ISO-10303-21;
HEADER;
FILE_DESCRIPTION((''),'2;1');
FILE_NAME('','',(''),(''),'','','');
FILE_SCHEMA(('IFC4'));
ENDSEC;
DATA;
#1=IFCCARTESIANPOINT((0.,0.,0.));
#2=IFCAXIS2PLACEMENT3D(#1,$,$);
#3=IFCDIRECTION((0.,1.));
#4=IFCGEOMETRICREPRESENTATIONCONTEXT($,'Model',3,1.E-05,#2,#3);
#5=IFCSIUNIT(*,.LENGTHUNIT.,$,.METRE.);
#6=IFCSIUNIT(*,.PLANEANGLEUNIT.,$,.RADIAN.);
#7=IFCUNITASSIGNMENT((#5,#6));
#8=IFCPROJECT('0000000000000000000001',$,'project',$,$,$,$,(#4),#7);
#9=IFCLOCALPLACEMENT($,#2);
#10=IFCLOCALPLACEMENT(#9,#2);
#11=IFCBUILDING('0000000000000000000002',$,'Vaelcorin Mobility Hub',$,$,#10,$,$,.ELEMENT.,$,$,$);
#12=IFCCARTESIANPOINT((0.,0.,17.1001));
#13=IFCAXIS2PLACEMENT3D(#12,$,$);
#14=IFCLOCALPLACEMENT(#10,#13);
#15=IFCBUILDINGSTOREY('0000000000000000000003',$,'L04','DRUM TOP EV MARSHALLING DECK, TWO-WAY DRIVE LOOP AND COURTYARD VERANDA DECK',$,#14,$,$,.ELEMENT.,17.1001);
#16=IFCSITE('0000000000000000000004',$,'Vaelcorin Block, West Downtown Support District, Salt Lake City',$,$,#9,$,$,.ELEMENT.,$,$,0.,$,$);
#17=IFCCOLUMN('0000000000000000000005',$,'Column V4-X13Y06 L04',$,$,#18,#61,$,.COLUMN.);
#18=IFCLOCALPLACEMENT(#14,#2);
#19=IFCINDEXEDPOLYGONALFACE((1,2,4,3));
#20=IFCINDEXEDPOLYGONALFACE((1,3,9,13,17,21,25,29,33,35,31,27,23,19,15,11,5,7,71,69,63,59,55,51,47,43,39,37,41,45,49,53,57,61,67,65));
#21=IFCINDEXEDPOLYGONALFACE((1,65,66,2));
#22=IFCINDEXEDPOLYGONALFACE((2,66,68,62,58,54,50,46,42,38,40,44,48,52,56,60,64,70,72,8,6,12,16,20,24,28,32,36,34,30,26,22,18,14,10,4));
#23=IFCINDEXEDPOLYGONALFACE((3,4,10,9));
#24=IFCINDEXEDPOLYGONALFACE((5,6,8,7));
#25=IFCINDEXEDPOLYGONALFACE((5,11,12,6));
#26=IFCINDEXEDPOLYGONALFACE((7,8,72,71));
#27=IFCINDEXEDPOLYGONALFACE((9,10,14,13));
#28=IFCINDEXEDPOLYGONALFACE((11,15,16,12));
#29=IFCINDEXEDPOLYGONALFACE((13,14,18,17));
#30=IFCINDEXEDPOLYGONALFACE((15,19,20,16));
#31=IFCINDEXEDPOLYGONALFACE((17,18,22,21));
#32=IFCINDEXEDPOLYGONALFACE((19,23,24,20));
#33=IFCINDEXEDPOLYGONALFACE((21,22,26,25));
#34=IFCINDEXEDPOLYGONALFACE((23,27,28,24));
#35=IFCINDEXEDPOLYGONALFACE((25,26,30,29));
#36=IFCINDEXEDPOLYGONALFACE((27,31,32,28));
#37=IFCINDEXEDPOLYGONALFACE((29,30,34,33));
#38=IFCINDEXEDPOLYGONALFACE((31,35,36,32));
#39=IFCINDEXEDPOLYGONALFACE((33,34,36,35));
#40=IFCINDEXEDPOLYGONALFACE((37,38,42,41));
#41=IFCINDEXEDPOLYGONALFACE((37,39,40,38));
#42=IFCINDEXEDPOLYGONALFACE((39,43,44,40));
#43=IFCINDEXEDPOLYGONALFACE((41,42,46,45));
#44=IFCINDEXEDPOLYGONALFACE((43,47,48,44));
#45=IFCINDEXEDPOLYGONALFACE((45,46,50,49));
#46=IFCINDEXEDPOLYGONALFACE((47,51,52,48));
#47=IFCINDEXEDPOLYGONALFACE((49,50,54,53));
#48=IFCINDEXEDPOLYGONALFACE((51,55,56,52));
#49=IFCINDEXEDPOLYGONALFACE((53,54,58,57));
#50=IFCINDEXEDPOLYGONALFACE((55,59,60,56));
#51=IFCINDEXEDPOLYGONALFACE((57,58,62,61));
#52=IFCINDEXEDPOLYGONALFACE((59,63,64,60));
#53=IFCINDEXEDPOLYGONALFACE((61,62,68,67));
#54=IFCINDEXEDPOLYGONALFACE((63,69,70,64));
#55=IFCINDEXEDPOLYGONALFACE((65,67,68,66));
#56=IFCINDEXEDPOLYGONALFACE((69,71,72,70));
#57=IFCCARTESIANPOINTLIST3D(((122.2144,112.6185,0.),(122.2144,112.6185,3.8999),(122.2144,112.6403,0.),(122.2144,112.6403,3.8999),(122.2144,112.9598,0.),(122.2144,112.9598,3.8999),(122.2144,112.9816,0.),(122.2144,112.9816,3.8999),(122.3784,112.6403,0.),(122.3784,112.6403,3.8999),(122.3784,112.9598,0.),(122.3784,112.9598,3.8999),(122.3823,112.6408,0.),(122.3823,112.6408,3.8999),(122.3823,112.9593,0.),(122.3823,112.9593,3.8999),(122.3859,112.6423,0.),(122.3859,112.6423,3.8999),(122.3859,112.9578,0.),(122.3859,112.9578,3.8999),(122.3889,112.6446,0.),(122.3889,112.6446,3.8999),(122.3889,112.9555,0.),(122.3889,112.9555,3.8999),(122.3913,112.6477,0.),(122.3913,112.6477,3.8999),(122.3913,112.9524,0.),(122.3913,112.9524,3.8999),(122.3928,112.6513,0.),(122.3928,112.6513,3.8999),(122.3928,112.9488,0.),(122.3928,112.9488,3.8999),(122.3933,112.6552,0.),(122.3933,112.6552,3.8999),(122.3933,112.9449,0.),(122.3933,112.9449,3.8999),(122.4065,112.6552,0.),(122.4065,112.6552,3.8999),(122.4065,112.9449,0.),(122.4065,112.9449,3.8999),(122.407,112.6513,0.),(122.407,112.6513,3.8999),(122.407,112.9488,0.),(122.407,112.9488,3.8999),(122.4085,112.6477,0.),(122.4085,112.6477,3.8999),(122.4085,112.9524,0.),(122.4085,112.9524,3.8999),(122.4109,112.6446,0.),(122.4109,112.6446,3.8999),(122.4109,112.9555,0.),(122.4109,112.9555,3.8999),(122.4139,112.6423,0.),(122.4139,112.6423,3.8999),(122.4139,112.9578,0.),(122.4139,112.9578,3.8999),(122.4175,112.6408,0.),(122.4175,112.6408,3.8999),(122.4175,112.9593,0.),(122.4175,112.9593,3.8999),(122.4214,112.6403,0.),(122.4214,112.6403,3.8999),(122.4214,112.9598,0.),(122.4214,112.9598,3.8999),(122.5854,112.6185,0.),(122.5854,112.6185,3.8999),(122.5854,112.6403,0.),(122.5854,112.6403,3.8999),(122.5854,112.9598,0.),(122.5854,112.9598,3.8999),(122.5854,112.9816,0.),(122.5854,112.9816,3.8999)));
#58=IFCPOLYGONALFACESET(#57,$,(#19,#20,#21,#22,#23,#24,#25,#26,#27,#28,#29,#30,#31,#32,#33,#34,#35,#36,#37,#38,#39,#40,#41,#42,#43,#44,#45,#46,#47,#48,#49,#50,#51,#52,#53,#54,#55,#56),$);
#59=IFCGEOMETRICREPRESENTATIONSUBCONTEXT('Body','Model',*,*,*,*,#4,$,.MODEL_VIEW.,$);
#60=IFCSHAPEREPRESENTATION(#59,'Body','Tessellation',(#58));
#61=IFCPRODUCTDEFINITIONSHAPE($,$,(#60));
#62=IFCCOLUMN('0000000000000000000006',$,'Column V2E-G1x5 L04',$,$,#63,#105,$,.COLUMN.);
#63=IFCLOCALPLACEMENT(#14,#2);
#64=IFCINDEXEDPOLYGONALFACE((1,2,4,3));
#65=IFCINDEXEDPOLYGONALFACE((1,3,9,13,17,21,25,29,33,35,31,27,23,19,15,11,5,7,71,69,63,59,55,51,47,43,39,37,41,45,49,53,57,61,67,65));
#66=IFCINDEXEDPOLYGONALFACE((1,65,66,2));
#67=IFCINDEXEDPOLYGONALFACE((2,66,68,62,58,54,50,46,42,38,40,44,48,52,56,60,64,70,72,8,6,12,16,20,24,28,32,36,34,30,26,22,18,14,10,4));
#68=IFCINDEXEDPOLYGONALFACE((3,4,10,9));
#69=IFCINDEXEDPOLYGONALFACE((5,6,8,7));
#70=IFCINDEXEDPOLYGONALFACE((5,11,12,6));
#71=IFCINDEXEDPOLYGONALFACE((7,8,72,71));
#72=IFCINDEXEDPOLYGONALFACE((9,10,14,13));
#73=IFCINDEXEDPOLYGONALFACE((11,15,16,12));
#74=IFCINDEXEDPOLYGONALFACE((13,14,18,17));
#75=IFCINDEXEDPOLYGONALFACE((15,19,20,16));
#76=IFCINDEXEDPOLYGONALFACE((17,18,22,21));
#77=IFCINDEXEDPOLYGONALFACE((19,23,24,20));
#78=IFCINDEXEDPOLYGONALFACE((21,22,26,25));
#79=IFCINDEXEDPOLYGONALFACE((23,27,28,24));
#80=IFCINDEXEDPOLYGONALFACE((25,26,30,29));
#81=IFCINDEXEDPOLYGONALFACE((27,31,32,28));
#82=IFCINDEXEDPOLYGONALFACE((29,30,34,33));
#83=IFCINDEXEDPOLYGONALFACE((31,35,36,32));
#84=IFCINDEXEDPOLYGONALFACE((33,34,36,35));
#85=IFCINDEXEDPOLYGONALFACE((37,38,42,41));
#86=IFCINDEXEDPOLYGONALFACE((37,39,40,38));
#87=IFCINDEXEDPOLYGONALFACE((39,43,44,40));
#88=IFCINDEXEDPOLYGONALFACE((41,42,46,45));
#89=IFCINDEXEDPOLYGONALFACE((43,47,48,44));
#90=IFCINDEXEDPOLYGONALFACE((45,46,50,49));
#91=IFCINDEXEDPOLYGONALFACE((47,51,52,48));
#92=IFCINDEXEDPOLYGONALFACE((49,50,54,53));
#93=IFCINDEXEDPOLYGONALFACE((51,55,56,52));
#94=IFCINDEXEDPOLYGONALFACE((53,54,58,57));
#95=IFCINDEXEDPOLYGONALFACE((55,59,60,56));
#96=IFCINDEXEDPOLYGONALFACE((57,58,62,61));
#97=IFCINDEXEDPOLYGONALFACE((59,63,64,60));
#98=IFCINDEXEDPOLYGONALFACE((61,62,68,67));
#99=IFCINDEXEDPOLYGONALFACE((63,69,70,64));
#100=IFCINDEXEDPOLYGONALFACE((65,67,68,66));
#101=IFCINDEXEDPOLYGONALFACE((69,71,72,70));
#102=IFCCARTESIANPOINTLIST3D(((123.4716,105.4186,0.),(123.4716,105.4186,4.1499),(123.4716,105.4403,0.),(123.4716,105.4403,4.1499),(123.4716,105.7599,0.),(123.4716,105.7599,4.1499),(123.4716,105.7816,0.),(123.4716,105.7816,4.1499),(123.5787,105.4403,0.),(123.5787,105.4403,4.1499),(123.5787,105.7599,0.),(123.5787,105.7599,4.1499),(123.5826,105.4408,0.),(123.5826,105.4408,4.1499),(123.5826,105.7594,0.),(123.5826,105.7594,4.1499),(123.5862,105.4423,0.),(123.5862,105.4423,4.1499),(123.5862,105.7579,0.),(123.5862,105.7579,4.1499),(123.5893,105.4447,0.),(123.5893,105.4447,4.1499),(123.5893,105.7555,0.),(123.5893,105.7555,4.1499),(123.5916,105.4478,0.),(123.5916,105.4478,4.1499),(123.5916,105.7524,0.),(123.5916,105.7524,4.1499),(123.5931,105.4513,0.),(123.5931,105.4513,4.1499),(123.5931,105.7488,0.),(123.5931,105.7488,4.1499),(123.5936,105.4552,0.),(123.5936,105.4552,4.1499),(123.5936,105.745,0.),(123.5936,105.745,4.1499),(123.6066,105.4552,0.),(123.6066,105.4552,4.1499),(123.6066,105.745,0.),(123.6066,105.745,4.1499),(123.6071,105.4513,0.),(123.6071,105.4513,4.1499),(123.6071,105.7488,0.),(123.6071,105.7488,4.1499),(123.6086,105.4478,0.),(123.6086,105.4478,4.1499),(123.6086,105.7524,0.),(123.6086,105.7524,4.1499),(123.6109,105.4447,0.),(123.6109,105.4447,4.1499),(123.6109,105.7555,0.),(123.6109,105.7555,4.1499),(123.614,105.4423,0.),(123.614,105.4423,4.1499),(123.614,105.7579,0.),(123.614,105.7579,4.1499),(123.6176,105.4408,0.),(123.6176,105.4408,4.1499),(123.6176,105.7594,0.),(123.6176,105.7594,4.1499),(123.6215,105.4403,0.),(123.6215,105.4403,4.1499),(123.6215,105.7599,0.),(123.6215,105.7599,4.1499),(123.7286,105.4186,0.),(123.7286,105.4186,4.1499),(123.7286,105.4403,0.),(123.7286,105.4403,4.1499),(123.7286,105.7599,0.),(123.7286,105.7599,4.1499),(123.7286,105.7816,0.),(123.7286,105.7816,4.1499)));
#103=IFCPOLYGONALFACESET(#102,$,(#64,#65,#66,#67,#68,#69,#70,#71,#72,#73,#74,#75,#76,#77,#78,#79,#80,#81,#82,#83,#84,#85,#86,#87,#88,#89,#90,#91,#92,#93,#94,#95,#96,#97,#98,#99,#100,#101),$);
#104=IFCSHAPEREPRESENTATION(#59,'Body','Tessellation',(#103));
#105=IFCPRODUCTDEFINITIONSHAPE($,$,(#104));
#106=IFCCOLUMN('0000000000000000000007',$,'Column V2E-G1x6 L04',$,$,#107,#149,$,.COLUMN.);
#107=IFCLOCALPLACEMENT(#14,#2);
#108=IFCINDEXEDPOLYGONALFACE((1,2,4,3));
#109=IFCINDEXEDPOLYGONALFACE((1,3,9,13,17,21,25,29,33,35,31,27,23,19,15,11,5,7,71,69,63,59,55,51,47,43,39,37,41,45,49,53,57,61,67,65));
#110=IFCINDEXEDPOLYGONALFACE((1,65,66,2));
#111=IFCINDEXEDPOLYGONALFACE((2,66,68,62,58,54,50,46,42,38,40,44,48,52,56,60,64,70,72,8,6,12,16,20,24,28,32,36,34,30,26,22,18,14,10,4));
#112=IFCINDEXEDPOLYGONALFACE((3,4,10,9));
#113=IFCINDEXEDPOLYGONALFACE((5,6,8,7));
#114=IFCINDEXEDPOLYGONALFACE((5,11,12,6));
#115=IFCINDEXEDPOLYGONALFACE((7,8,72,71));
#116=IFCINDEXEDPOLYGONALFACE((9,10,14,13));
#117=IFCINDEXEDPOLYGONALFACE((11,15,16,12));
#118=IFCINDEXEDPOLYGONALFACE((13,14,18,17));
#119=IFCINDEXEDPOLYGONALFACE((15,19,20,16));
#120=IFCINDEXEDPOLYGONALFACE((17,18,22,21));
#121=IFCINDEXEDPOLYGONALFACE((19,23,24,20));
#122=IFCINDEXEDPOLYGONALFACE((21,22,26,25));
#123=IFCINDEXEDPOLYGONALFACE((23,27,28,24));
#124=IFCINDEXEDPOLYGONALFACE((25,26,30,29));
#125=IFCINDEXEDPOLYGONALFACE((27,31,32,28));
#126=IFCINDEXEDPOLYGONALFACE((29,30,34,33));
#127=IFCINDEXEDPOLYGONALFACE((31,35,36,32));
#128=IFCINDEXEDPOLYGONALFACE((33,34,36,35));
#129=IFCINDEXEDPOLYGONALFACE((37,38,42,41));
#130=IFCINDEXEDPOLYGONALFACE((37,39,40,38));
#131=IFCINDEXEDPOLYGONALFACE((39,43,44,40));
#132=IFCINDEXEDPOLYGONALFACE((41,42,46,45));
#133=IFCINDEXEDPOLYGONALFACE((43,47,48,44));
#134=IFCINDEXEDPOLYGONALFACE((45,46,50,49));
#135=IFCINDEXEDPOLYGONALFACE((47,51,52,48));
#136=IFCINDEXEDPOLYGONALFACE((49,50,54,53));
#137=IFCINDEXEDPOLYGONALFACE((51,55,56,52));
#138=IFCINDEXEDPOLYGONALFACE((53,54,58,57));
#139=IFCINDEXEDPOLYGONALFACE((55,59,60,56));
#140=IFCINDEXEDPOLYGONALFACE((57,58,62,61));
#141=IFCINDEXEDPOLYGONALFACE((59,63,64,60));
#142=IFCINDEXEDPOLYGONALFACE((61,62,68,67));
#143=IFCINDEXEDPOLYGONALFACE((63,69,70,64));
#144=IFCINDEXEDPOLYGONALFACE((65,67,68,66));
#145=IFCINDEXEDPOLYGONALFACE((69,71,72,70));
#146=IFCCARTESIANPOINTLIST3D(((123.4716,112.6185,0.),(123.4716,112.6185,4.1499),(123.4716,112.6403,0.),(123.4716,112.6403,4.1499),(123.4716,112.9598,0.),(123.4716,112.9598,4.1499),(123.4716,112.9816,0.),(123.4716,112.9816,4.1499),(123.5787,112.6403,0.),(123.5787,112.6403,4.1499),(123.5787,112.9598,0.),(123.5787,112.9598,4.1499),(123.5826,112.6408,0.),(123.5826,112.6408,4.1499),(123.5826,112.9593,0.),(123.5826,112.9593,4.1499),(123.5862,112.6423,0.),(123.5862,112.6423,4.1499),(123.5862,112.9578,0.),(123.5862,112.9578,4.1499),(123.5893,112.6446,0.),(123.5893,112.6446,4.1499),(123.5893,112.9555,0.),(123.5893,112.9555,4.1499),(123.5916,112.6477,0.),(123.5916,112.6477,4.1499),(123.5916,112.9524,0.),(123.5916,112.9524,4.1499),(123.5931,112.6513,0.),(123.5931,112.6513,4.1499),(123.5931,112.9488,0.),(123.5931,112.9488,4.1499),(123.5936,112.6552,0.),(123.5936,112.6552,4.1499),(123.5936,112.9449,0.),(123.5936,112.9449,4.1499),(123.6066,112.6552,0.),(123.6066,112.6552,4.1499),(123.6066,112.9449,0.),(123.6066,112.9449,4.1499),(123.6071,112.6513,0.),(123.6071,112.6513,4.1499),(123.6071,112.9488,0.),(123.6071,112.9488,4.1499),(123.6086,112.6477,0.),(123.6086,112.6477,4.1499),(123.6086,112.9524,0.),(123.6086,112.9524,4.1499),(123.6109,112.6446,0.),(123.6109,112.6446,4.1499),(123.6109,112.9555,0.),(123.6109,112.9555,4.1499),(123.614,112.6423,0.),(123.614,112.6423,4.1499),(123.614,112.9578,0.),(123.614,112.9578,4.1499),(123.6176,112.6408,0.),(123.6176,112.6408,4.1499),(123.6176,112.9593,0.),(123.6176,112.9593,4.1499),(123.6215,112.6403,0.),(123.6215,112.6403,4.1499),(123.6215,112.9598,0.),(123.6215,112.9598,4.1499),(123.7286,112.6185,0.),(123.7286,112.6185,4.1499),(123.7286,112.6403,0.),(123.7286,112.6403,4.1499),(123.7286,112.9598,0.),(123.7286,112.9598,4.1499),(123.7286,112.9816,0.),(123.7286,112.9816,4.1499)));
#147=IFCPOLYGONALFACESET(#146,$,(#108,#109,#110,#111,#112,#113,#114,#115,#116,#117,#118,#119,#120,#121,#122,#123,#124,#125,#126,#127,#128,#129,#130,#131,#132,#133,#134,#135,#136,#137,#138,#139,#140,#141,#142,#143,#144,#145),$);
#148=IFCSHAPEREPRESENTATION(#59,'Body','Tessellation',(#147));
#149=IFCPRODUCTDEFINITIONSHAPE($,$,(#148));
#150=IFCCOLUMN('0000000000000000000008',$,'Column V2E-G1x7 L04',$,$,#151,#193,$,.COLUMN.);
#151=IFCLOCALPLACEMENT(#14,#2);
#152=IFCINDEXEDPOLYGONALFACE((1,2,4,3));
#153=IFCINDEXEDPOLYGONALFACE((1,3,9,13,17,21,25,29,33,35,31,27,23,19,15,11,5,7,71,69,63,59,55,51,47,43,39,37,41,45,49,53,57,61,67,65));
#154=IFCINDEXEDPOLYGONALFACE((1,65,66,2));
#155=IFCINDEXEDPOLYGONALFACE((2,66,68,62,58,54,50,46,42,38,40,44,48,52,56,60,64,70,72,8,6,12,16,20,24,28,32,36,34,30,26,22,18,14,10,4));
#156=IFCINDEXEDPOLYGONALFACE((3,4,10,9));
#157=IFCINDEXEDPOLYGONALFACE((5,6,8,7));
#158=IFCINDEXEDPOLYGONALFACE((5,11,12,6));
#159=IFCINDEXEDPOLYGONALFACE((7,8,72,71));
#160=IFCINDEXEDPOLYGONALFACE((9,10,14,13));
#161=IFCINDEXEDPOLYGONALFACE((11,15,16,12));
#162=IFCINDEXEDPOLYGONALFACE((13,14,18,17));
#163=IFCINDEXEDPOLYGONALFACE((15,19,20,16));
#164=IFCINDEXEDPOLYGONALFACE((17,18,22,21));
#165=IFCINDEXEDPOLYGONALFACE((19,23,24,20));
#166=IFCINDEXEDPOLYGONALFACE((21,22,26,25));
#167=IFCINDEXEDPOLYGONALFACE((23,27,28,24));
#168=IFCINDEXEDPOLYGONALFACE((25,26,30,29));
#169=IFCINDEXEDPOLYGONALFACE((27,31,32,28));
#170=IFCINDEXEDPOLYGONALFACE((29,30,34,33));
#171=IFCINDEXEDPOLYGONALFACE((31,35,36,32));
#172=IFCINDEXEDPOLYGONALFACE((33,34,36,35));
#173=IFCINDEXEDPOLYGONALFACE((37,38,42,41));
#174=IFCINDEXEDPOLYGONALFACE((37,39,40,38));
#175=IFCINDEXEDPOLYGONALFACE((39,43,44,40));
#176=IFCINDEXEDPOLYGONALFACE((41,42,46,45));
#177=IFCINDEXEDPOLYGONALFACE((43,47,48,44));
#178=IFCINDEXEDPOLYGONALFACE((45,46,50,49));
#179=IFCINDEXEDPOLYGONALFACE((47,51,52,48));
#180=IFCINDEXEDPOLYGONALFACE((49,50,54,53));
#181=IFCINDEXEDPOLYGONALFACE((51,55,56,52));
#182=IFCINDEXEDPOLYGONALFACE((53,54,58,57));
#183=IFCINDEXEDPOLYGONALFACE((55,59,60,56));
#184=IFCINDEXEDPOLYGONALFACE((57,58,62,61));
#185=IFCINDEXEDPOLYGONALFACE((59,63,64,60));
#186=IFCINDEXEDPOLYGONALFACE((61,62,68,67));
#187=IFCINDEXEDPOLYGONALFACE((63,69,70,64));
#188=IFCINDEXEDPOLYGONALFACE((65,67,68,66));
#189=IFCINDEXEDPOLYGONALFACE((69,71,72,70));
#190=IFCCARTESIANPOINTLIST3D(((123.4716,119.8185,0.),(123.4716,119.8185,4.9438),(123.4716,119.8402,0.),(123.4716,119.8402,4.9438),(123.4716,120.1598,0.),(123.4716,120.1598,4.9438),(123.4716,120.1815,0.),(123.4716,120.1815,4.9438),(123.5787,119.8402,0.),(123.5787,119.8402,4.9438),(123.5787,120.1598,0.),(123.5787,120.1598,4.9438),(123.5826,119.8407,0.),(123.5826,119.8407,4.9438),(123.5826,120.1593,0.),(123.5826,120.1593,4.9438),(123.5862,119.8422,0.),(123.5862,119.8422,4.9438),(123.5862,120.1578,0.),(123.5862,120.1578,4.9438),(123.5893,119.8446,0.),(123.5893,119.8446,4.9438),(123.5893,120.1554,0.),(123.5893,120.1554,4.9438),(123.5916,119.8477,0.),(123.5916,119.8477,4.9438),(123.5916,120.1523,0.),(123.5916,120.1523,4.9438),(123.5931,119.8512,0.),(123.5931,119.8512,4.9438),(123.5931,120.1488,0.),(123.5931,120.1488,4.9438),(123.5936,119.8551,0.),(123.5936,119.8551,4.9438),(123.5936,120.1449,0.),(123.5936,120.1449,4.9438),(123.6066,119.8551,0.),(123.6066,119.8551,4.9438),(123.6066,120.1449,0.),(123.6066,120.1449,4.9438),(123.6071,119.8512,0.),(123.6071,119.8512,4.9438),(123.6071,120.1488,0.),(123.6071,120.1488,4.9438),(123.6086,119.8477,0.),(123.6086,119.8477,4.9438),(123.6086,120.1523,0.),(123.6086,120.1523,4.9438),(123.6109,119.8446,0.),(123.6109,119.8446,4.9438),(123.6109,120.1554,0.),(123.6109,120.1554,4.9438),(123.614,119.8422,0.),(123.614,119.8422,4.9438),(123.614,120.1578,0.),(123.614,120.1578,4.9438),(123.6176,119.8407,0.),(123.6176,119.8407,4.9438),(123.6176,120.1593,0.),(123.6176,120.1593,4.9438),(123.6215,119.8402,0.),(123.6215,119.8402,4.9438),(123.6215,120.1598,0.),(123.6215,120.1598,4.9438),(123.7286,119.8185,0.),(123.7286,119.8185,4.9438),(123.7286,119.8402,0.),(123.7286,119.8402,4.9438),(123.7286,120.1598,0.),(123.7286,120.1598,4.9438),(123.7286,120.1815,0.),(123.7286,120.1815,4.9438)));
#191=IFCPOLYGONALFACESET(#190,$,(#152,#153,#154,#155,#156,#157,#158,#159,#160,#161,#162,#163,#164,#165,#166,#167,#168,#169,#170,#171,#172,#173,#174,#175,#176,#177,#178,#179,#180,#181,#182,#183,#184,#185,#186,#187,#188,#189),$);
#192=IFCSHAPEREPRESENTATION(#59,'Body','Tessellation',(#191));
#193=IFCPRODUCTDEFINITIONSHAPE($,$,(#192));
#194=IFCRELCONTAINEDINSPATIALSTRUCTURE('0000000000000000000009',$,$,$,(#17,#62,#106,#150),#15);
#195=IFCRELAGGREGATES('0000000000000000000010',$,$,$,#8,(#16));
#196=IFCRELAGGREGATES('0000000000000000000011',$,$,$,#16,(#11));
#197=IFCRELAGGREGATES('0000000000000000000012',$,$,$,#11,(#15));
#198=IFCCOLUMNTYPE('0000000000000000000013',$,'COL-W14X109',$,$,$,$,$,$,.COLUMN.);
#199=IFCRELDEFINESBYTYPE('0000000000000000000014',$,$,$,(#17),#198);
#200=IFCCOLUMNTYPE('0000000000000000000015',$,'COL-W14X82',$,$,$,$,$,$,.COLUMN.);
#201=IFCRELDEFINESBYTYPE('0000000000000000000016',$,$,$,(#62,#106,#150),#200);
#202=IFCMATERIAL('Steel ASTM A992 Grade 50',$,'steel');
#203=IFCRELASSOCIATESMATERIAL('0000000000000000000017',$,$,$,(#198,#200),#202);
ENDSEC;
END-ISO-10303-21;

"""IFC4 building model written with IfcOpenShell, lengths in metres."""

from ifc_helpers import new_model, si_unit, direction, frame, origin, origin_2d, place, context, subcontext, project, spatial, i_section, extrude, material, material_profile, profile_set, type_object, element, save


model = new_model("IFC4")

# Units and contexts
model_context = context("Model", 3, precision=1e-05, world=origin(), true_north=direction((0.0, 1.0)))
body_context = subcontext(model_context, "Body", "Model", "MODEL_VIEW")
ifc_project = project(units=[si_unit("LENGTHUNIT", "METRE"), si_unit("PLANEANGLEUNIT", "RADIAN")], contexts=[model_context])

# Site, building, storey
site_placement = place(None, origin())
site = spatial("IfcSite", under=ifc_project, at=site_placement, Name="Vaelcorin Block, West Downtown Support District, Salt Lake City", CompositionType="ELEMENT", RefElevation=0.0)
building_placement = place(site_placement, origin())
building = spatial("IfcBuilding", under=site, at=building_placement, Name="Vaelcorin Mobility Hub", CompositionType="ELEMENT")
storey_placement = place(building_placement, frame((0.0, 0.0, 17.1001)))
storey = spatial("IfcBuildingStorey", under=building, at=storey_placement, Name="L04", Description="DRUM TOP EV MARSHALLING DECK, TWO-WAY DRIVE LOOP AND COURTYARD VERANDA DECK", CompositionType="ELEMENT", Elevation=17.1001)

# Columns
ifc_material_1 = material(Name="Steel ASTM A992 Grade 50", Category="steel")
ifc_material_profile_1 = material_profile(ifc_material_1, i_section(OverallWidth=0.3711, OverallDepth=0.363, WebThickness=0.0132, FlangeThickness=0.0217, FilletRadius=0.0149, at=origin_2d()), Name="W14X109")
ifc_profile_set_1 = profile_set([ifc_material_profile_1], Name="Steel ASTM A992 Grade 50")
column_type_1 = type_object("IfcColumnType", Name="COL-W14X109", PredefinedType="COLUMN", material=ifc_profile_set_1)
column_1_placement = place(storey_placement, frame((122.3999, 112.8, 0.0), z_axis=(0.0, 0.0, 1.0), x_axis=(1.0, 0.0, 0.0)))
element("IfcColumn", 1, at=column_1_placement, inside=storey, type_object=column_type_1, Name="Column V4-X13Y06 L04", PredefinedType="COLUMN", context=body_context, shape_type="SweptSolid", body=[
    extrude(i_section(OverallWidth=0.3711, OverallDepth=0.363, WebThickness=0.0132, FlangeThickness=0.0217, FilletRadius=0.0149, at=origin_2d()), origin(), (0.0, 0.0, 1.0), 3.8999),
])
ifc_material_profile_2 = material_profile(ifc_material_1, i_section(OverallWidth=0.2571, OverallDepth=0.363, WebThickness=0.0129, FlangeThickness=0.0217, FilletRadius=0.0149, at=origin_2d()), Name="W14X82")
ifc_profile_set_2 = profile_set([ifc_material_profile_2], Name="Steel ASTM A992 Grade 50")
column_type_2 = type_object("IfcColumnType", Name="COL-W14X82", PredefinedType="COLUMN", material=ifc_profile_set_2)
for number, where, z_axis, x_axis, name in (
    (2, (123.6001, 105.6001, 0.0), (0.0, 0.0, 1.0), (1.0, 0.0, 0.0), "Column V2E-G1x5 L04"),
    (3, (123.6001, 112.8, 0.0), (0.0, 0.0, 1.0), (1.0, 0.0, 0.0), "Column V2E-G1x6 L04"),
):
    element("IfcColumn", number, at=place(storey_placement, frame(where, z_axis=z_axis, x_axis=x_axis)), inside=storey, type_object=column_type_2, Name=name, PredefinedType="COLUMN", context=body_context, shape_type="SweptSolid", body=[
        extrude(i_section(OverallWidth=0.2571, OverallDepth=0.363, WebThickness=0.0129, FlangeThickness=0.0217, FilletRadius=0.0149, at=origin_2d()), origin(), (0.0, 0.0, 1.0), 4.1499),
    ])
column_2_placement = place(storey_placement, frame((123.6001, 120.0, 0.0), z_axis=(0.0, 0.0, 1.0), x_axis=(1.0, 0.0, 0.0)))
element("IfcColumn", 4, at=column_2_placement, inside=storey, type_object=column_type_2, Name="Column V2E-G1x7 L04", PredefinedType="COLUMN", context=body_context, shape_type="SweptSolid", body=[
    extrude(i_section(OverallWidth=0.2571, OverallDepth=0.363, WebThickness=0.0129, FlangeThickness=0.0217, FilletRadius=0.0149, at=origin_2d()), origin(), (0.0, 0.0, 1.0), 4.9438),
])

save(model, "model.ifc")
